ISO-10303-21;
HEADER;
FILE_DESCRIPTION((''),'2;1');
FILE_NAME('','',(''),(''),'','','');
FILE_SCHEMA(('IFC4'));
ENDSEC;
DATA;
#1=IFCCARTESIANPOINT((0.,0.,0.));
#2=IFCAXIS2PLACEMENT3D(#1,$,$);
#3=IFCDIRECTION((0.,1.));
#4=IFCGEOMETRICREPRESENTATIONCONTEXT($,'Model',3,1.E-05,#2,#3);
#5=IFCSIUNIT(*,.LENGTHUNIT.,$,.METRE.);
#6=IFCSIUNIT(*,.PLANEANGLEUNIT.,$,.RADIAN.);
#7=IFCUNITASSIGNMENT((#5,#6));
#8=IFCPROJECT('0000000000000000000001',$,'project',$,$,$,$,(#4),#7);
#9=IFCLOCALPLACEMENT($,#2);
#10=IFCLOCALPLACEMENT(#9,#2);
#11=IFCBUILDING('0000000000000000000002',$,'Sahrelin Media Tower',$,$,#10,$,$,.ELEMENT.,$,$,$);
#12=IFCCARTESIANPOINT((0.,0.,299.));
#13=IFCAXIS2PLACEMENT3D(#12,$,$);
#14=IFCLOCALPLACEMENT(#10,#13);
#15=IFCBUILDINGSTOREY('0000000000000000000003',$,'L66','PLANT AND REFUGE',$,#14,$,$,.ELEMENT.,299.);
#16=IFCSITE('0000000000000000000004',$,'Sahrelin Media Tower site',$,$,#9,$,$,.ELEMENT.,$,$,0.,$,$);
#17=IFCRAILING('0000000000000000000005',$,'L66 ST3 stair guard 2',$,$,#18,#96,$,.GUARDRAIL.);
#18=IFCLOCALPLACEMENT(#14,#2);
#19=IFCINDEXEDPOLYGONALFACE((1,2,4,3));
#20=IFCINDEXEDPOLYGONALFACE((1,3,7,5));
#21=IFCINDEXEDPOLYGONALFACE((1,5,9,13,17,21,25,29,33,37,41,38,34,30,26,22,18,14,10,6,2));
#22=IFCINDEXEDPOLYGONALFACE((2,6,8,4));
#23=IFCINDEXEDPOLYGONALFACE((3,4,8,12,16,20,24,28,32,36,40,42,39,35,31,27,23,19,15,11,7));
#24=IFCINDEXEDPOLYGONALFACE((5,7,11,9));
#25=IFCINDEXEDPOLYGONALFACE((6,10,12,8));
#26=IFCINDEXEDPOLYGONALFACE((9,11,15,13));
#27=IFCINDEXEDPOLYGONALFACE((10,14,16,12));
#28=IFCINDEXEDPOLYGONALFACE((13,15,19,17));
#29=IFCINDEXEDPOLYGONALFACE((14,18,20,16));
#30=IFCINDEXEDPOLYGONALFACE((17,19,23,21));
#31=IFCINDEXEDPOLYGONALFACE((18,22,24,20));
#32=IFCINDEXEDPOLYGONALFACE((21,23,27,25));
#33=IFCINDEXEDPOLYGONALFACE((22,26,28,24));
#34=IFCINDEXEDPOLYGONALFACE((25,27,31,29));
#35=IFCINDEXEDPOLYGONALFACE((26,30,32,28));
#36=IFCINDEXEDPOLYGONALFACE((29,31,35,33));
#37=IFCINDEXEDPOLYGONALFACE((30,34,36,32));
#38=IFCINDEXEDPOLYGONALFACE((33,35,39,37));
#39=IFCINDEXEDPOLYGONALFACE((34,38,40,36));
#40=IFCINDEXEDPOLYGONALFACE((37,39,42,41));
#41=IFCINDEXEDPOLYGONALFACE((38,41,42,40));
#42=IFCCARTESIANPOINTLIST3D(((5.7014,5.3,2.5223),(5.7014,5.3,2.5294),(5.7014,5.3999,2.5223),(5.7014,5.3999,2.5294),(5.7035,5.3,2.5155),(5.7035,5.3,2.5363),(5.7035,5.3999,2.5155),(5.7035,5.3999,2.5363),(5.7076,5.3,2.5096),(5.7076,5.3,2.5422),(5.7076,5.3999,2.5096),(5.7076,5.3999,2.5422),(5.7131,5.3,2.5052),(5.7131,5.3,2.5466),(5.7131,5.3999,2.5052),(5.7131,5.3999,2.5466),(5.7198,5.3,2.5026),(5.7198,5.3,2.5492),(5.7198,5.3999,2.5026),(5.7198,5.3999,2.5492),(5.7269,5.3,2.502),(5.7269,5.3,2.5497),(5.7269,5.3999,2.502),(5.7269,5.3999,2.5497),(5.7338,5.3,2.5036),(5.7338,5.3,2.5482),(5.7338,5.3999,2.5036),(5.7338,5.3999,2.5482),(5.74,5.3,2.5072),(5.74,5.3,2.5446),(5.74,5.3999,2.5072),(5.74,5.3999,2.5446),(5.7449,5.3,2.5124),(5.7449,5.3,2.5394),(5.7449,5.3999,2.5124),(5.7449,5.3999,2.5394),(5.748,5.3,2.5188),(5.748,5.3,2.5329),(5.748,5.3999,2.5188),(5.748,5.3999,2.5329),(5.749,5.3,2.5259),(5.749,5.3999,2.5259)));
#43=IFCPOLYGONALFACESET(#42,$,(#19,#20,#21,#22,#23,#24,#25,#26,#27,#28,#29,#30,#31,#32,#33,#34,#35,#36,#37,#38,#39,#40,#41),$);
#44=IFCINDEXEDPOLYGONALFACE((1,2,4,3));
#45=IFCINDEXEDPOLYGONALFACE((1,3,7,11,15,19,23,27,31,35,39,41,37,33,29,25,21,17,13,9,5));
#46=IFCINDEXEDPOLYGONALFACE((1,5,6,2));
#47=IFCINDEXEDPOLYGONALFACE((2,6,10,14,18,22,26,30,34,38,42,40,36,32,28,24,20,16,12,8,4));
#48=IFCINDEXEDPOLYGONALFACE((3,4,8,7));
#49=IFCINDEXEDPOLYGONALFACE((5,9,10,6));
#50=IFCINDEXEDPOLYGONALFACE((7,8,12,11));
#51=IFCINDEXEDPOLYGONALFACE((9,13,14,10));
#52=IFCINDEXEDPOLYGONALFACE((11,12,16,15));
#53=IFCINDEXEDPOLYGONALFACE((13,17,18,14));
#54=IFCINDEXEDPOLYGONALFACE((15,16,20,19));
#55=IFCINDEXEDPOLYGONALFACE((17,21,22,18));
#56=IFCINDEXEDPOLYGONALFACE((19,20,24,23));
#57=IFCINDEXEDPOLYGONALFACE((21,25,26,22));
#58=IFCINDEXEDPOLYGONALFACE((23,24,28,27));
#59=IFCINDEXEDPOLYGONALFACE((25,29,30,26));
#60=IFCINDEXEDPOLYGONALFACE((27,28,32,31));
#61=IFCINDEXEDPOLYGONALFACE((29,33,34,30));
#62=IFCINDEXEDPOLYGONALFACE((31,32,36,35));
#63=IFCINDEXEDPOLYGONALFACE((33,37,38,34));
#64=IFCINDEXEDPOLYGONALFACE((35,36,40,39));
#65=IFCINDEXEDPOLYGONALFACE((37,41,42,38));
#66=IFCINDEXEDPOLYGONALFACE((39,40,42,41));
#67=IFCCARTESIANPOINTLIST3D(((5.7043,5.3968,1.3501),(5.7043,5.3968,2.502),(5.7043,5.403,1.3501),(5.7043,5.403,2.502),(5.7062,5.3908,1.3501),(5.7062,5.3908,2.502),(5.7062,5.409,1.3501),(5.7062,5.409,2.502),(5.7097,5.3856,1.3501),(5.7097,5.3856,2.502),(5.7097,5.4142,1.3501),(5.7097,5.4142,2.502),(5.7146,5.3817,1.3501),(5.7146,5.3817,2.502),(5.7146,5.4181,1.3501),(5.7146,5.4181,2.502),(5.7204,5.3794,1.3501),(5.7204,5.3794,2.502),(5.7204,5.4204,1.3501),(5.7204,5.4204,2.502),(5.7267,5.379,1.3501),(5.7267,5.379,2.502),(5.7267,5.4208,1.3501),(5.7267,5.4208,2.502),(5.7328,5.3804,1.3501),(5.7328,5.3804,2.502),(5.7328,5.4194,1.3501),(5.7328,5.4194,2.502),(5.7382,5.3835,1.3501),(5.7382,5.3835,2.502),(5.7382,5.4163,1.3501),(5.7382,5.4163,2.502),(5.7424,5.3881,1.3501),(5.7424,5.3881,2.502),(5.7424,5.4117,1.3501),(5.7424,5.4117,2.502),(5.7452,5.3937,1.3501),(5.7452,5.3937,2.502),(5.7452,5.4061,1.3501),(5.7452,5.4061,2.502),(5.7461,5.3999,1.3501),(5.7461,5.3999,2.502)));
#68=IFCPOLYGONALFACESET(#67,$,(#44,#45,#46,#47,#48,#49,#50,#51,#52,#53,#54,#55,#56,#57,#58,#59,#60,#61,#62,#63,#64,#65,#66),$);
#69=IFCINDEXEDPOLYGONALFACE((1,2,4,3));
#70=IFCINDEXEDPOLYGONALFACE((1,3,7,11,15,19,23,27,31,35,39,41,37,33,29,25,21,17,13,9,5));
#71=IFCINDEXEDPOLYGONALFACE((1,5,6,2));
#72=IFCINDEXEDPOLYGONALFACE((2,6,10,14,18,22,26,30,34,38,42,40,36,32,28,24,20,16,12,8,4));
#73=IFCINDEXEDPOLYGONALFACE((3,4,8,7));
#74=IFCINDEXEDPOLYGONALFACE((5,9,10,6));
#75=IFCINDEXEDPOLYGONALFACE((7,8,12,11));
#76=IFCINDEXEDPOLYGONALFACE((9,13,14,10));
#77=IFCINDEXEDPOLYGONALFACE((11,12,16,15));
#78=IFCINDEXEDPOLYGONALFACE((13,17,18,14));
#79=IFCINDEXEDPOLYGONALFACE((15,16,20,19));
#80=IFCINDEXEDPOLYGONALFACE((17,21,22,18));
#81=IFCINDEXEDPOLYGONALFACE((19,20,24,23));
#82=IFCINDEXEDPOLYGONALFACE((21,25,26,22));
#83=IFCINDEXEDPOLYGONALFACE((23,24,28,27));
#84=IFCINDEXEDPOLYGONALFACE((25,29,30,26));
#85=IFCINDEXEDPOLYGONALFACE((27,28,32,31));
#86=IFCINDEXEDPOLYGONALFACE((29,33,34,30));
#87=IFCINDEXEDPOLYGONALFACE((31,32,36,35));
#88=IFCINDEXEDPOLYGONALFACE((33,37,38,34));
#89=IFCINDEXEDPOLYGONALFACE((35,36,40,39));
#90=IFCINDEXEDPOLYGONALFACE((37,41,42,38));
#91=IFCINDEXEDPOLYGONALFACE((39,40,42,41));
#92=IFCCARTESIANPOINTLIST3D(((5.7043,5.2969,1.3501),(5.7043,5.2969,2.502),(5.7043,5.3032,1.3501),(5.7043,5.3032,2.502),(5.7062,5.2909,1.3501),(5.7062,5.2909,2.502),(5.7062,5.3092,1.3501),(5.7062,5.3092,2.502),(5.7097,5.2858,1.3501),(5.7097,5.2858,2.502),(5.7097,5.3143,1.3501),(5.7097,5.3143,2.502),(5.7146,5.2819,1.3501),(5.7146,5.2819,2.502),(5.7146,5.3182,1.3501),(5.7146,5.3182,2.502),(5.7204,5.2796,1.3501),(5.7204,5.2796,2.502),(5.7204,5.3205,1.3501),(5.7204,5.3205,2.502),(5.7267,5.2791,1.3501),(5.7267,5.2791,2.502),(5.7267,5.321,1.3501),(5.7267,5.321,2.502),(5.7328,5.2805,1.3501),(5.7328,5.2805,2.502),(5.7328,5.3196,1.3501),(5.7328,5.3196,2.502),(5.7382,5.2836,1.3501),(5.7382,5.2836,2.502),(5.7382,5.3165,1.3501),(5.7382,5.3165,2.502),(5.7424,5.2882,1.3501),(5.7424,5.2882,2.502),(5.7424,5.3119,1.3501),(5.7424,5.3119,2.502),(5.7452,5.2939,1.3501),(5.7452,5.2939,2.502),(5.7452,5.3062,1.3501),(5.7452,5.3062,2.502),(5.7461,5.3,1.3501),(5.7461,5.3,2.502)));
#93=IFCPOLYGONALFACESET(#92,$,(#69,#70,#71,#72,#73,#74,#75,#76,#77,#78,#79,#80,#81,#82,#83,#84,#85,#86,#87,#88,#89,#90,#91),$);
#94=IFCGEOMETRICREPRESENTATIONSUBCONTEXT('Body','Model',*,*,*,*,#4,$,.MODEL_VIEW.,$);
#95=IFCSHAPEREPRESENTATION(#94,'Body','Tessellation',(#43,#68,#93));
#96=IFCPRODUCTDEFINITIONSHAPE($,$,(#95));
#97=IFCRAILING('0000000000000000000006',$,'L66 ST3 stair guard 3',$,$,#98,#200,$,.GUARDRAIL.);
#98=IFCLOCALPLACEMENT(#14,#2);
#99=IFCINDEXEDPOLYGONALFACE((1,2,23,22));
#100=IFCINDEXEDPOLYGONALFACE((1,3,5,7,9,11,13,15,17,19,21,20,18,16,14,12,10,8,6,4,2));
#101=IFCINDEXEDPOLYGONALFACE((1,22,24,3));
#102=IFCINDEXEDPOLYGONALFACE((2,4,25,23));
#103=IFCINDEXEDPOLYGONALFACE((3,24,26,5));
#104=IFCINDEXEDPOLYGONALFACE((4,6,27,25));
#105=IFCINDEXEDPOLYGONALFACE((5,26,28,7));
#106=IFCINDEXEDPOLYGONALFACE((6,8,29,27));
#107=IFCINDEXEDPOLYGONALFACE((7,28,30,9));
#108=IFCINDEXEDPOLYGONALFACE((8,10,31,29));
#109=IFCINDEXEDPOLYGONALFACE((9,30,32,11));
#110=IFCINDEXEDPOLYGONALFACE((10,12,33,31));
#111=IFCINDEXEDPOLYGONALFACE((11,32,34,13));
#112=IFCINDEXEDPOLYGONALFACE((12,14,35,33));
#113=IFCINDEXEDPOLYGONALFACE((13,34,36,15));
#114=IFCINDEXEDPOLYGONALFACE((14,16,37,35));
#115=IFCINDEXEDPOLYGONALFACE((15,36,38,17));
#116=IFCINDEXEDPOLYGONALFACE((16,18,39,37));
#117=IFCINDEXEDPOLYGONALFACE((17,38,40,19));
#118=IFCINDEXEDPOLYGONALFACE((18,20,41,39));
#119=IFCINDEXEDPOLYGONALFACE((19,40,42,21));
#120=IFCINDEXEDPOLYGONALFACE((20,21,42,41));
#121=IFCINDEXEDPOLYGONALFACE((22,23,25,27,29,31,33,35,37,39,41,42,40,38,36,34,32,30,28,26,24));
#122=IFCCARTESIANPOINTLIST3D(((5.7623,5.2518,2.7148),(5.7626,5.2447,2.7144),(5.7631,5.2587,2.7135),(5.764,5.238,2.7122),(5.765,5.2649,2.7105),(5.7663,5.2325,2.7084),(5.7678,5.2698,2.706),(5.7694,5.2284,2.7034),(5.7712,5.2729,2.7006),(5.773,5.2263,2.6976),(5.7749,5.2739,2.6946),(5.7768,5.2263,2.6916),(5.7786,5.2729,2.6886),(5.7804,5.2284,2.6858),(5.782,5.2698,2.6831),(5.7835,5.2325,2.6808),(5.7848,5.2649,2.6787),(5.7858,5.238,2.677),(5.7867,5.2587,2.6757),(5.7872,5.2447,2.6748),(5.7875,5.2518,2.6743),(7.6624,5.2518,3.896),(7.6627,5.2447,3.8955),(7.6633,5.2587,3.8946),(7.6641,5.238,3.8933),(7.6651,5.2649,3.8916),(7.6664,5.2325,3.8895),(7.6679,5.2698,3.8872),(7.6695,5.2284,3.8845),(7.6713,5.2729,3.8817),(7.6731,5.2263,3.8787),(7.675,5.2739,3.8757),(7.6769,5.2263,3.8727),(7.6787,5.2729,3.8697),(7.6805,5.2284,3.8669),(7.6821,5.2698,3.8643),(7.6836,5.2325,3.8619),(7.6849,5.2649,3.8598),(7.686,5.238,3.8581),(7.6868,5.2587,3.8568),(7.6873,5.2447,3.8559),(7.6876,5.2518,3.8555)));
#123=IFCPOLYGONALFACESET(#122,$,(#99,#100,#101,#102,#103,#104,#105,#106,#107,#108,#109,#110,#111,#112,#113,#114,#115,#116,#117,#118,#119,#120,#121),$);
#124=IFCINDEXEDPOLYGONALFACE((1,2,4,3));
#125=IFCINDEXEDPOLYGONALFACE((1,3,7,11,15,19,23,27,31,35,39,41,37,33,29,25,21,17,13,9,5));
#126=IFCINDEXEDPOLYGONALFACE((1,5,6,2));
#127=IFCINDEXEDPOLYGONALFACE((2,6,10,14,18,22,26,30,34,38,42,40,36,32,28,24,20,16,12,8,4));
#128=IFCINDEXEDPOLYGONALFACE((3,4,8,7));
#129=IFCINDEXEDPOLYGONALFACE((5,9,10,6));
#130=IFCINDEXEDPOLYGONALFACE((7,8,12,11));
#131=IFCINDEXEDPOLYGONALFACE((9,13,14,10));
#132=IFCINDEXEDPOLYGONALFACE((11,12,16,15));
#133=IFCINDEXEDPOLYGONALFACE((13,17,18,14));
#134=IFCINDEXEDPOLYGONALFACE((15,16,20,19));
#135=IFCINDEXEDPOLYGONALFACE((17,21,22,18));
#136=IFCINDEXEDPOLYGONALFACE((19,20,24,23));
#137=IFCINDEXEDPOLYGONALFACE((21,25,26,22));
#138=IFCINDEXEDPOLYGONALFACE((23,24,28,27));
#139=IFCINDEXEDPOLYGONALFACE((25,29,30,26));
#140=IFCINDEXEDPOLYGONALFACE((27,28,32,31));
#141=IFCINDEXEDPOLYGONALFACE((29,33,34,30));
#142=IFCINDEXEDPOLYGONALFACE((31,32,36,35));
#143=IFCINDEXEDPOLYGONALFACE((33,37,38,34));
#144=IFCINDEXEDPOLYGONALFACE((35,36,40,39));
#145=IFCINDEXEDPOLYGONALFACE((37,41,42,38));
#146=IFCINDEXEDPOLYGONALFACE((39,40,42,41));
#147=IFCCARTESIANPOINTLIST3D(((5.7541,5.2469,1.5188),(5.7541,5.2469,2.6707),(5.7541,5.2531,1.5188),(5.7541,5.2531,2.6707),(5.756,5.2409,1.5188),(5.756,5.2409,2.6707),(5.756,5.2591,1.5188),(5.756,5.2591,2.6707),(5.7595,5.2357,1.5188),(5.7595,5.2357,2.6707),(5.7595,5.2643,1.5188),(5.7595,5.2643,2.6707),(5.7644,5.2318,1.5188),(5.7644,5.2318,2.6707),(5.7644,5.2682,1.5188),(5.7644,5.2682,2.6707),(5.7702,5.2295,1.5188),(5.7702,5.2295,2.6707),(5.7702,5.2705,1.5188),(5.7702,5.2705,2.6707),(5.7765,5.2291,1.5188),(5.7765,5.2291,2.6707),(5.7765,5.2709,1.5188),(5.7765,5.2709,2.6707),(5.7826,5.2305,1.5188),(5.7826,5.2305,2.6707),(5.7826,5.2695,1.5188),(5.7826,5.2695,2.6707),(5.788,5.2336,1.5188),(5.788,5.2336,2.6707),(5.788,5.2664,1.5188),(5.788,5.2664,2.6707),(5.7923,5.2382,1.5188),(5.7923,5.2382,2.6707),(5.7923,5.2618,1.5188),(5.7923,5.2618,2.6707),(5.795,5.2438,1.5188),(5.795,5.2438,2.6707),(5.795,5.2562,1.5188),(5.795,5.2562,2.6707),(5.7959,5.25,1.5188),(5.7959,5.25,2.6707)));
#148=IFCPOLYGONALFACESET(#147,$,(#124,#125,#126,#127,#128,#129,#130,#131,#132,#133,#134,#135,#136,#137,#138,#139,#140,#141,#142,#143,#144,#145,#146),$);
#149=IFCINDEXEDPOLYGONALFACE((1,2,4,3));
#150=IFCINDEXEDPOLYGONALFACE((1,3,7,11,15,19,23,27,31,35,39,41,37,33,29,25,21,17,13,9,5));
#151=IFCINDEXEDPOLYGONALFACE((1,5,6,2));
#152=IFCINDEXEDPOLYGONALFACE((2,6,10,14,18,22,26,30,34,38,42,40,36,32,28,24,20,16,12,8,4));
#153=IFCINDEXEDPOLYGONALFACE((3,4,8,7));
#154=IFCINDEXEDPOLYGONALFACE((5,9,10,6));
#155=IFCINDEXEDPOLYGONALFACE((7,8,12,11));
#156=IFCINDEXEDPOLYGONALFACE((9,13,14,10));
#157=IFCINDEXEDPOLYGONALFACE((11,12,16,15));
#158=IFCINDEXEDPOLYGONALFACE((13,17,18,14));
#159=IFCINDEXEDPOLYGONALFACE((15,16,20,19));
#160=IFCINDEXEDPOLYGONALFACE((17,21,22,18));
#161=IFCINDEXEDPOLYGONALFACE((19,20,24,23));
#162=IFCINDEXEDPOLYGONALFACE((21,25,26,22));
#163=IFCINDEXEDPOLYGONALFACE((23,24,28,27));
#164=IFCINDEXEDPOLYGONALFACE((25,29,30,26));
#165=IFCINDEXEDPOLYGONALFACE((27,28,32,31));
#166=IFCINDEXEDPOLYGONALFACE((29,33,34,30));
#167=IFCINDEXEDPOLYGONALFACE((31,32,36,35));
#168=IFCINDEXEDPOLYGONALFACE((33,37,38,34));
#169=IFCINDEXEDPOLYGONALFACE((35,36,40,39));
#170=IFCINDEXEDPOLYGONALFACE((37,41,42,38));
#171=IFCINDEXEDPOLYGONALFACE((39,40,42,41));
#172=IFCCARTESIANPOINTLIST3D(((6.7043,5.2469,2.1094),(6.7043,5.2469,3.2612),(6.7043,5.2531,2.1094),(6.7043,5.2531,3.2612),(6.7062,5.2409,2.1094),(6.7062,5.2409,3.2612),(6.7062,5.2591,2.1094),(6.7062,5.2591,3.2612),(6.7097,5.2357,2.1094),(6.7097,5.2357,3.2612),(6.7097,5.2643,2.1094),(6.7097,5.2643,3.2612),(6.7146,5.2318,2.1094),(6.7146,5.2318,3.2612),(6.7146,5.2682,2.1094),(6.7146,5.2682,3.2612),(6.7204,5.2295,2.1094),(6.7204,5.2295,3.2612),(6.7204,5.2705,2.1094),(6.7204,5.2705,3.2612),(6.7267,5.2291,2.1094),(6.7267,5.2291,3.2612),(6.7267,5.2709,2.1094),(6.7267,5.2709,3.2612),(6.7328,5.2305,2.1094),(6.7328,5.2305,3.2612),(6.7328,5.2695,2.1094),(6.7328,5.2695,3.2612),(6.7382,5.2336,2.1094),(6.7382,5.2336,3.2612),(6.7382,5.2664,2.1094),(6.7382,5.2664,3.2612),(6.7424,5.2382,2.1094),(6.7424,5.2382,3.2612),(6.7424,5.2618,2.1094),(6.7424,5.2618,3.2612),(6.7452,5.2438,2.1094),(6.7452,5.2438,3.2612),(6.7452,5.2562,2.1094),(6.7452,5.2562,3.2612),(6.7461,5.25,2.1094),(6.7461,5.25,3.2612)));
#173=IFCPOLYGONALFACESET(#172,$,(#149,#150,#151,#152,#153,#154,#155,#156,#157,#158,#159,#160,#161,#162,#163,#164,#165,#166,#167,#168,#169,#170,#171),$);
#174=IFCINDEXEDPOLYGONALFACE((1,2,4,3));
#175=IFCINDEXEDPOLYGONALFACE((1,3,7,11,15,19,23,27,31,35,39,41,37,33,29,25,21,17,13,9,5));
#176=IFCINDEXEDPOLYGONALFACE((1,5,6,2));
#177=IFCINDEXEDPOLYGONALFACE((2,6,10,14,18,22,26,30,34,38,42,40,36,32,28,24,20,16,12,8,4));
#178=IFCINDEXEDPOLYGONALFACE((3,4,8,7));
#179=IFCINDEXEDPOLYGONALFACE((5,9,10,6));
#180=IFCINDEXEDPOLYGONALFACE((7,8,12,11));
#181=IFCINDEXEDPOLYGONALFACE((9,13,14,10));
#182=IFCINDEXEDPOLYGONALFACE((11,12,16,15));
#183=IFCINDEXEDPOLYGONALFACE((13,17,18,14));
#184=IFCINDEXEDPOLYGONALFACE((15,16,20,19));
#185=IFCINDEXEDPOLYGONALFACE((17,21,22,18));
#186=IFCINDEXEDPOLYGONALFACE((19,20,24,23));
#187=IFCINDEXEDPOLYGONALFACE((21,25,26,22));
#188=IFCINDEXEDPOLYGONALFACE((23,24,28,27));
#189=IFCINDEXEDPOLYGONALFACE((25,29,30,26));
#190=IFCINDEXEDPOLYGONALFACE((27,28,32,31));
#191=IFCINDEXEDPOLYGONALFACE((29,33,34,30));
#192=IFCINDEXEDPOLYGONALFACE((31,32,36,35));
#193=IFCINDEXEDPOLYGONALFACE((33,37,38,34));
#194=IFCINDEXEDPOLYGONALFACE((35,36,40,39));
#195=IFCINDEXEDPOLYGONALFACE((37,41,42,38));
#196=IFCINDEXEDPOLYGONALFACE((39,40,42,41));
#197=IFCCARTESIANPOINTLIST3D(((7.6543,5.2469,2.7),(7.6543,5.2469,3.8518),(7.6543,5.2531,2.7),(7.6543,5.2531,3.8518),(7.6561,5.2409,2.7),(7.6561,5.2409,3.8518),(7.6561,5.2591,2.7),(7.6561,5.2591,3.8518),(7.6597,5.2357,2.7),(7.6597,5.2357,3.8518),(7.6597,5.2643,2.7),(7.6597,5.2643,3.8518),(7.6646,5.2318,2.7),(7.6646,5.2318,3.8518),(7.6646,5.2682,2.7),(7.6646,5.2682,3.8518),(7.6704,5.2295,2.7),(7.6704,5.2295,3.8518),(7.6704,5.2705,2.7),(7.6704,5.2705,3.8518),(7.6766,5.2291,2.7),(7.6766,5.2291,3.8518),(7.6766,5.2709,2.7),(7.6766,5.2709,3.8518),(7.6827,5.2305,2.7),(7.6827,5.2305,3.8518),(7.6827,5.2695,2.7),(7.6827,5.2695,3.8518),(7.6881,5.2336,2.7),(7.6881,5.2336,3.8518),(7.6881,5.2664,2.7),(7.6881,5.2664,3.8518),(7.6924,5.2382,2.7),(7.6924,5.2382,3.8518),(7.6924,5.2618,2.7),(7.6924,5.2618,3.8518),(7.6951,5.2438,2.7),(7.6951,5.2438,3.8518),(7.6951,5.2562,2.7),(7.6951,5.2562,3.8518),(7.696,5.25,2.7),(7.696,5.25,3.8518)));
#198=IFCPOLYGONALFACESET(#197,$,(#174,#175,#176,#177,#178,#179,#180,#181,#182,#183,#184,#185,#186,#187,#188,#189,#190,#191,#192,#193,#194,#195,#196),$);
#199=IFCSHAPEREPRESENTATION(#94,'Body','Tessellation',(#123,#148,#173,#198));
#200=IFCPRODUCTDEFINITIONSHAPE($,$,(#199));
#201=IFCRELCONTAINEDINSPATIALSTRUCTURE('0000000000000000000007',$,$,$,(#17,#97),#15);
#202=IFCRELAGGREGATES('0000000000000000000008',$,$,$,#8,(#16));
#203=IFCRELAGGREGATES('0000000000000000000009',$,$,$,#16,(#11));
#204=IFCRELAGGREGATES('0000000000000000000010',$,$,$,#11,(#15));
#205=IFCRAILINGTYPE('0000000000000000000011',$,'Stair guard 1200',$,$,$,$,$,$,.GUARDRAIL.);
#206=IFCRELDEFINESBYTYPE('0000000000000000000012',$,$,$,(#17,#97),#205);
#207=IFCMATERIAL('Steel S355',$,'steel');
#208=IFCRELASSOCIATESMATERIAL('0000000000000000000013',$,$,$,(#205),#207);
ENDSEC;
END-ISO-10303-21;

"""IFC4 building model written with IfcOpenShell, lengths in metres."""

from ifc_helpers import new_model, si_unit, direction, frame, origin, origin_2d, place, context, subcontext, project, spatial, circle, extrude, material, type_object, element, save


model = new_model("IFC4")

# Units and contexts
model_context = context("Model", 3, precision=1e-05, world=origin(), true_north=direction((0.0, 1.0)))
body_context = subcontext(model_context, "Body", "Model", "MODEL_VIEW")
ifc_project = project(units=[si_unit("LENGTHUNIT", "METRE"), si_unit("PLANEANGLEUNIT", "RADIAN")], contexts=[model_context])

# Site, building, storey
site_placement = place(None, origin())
site = spatial("IfcSite", under=ifc_project, at=site_placement, Name="Sahrelin Media Tower site", CompositionType="ELEMENT", RefElevation=0.0)
building_placement = place(site_placement, origin())
building = spatial("IfcBuilding", under=site, at=building_placement, Name="Sahrelin Media Tower", CompositionType="ELEMENT")
storey_placement = place(building_placement, frame((0.0, 0.0, 299.0)))
storey = spatial("IfcBuildingStorey", under=building, at=storey_placement, Name="L66", Description="PLANT AND REFUGE", CompositionType="ELEMENT", Elevation=299.0)

# Railings
ifc_material_1 = material(Name="Steel S355", Category="steel")
railing_type_1 = type_object("IfcRailingType", Name="Stair guard 1200", PredefinedType="GUARDRAIL", material=ifc_material_1)
railing_1_placement = place(storey_placement, frame((5.7251, 5.3999, 1.3501)))
element("IfcRailing", 1, at=railing_1_placement, inside=storey, type_object=railing_type_1, Name="L66 ST3 stair guard 2", PredefinedType="GUARDRAIL", context=body_context, shape_type="SweptSolid", body=[
    extrude(circle(Radius=0.0239, at=origin_2d()), frame((0.0, 0.0, 1.1758), z_axis=(0.0, -1.0, 0.0), x_axis=(1.0, 0.0, 0.0)), (0.0, 0.0, 1.0), 0.0999),
    extrude(circle(Radius=0.021, at=origin_2d()), origin(), (0.0, 0.0, 1.0), 1.1519),
    extrude(circle(Radius=0.021, at=origin_2d()), frame((0.0, -0.0999, 0.0)), (0.0, 0.0, 1.0), 1.1519),
])
railing_2_placement = place(storey_placement, frame((5.7749, 5.25, 1.5188)))
element("IfcRailing", 2, at=railing_2_placement, inside=storey, type_object=railing_type_1, Name="L66 ST3 stair guard 3", PredefinedType="GUARDRAIL", context=body_context, shape_type="SweptSolid", body=[
    extrude(circle(Radius=0.0239, at=origin_2d()), frame((0.0, 0.0, 1.1758), z_axis=(0.849289, 0.0, 0.527928), x_axis=(0.0, 1.0, 0.0)), (0.0, 0.0, 1.0), 2.2373),
    extrude(circle(Radius=0.021, at=origin_2d()), origin(), (0.0, 0.0, 1.0), 1.1519),
    extrude(circle(Radius=0.021, at=origin_2d()), frame((0.9502, 0.0, 0.5906)), (0.0, 0.0, 1.0), 1.1519),
    extrude(circle(Radius=0.021, at=origin_2d()), frame((1.9001, 0.0, 1.1812)), (0.0, 0.0, 1.0), 1.1519),
])

save(model, "model.ifc")
